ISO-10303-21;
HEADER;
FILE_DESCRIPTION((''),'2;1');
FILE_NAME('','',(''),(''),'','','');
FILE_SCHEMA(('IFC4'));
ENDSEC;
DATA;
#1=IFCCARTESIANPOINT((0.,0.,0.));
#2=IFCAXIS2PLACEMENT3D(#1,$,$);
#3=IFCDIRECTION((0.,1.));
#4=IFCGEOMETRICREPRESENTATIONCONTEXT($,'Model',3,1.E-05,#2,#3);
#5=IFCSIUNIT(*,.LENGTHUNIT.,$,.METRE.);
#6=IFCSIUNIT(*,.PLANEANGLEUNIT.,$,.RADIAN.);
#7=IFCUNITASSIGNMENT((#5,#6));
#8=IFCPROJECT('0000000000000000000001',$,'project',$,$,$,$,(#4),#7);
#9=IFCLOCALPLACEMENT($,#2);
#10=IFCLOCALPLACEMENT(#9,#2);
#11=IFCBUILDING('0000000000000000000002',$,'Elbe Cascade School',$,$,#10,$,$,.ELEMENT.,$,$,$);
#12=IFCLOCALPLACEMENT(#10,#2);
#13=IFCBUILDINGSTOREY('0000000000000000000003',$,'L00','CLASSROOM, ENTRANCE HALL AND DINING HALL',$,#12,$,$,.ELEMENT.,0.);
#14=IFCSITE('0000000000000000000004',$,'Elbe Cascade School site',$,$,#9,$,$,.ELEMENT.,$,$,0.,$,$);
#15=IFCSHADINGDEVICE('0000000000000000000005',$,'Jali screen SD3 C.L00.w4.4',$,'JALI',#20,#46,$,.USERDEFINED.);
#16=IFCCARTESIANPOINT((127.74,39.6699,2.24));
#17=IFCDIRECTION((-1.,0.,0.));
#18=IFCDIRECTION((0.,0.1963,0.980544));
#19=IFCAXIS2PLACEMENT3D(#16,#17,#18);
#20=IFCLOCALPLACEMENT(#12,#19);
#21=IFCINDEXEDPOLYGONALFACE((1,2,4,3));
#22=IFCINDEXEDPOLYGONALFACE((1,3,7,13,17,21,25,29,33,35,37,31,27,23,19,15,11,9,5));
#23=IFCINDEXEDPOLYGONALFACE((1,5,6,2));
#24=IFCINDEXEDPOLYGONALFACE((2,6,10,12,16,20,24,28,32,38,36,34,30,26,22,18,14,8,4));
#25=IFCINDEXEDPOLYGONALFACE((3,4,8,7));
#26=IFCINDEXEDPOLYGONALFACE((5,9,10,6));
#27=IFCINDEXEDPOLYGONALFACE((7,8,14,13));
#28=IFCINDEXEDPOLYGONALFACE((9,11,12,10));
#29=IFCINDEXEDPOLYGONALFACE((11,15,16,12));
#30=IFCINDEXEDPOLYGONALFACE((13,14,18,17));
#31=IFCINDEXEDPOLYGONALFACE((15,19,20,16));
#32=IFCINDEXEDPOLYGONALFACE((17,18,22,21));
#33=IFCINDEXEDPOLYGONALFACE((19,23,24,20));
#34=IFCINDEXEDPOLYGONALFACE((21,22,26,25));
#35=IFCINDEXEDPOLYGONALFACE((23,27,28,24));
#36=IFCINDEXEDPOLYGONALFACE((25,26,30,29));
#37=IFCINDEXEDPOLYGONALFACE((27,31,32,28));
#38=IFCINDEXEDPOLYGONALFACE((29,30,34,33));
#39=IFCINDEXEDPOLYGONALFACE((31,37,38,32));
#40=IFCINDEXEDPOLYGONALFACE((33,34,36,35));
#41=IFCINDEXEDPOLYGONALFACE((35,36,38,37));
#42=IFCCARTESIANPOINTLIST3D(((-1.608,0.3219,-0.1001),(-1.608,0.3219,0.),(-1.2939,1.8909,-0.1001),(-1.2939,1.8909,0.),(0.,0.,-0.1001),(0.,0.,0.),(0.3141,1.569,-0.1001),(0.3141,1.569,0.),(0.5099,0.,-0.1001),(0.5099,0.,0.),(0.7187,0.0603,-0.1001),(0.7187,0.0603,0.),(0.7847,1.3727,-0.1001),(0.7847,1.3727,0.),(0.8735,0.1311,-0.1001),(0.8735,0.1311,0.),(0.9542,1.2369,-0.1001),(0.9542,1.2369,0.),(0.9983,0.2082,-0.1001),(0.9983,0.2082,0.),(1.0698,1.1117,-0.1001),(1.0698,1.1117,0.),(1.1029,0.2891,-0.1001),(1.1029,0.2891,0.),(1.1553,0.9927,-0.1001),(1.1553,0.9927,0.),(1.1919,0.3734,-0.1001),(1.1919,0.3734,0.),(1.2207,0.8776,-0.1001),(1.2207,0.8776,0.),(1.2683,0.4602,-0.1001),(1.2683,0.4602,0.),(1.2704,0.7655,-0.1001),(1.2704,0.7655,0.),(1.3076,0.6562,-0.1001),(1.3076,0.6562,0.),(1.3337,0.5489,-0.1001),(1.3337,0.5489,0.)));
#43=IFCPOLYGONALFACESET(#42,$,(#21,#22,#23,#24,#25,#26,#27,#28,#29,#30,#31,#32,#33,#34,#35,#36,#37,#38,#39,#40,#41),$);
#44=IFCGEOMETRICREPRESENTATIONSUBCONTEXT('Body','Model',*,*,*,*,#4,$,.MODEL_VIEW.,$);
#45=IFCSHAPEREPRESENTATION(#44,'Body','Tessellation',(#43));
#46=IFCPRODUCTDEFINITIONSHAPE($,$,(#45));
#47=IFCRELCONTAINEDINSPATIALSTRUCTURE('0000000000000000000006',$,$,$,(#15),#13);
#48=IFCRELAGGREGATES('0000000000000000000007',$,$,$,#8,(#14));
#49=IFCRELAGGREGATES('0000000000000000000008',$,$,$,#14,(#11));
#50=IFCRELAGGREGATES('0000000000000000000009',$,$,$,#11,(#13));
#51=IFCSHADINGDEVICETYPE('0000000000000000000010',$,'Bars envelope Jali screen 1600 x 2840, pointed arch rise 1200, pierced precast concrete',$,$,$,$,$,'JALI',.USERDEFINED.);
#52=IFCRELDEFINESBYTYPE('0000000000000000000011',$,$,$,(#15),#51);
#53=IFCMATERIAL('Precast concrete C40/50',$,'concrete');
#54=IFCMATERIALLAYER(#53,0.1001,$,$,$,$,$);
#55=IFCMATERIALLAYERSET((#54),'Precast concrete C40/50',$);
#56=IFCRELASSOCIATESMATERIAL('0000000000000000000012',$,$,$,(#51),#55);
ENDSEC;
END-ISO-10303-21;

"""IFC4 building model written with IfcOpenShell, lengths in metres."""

from ifc_helpers import new_model, si_unit, direction, frame, origin, place, context, subcontext, project, spatial, polyline, outline, extrude, material, layer, layer_set, type_object, element, save


model = new_model("IFC4")

# Units and contexts
model_context = context("Model", 3, precision=1e-05, world=origin(), true_north=direction((0.0, 1.0)))
body_context = subcontext(model_context, "Body", "Model", "MODEL_VIEW")
ifc_project = project(units=[si_unit("LENGTHUNIT", "METRE"), si_unit("PLANEANGLEUNIT", "RADIAN")], contexts=[model_context])

# Site, building, storey
site_placement = place(None, origin())
site = spatial("IfcSite", under=ifc_project, at=site_placement, Name="Elbe Cascade School site", CompositionType="ELEMENT", RefElevation=0.0)
building_placement = place(site_placement, origin())
building = spatial("IfcBuilding", under=site, at=building_placement, Name="Elbe Cascade School", CompositionType="ELEMENT")
storey_placement = place(building_placement, origin())
storey = spatial("IfcBuildingStorey", under=building, at=storey_placement, Name="L00", Description="CLASSROOM, ENTRANCE HALL AND DINING HALL", CompositionType="ELEMENT", Elevation=0.0)

# Shading device
ifc_material_1 = material(Name="Precast concrete C40/50", Category="concrete")
ifc_layer_1 = layer(ifc_material_1, 0.1001)
ifc_layer_set_1 = layer_set([ifc_layer_1], Name="Precast concrete C40/50")
shading_device_type = type_object("IfcShadingDeviceType", Name="Bars envelope Jali screen 1600 x 2840, pointed arch rise 1200, pierced precast concrete", ElementType="JALI", PredefinedType="USERDEFINED", material=ifc_layer_set_1)
shading_device_placement = place(storey_placement, frame((127.74, 39.6699, 2.24), z_axis=(-1.0, 0.0, 0.0), x_axis=(0.0, 0.1963, 0.980544)))
element("IfcShadingDevice", 1, at=shading_device_placement, inside=storey, type_object=shading_device_type, Name="Jali screen SD3 C.L00.w4.4", ObjectType="JALI", PredefinedType="USERDEFINED", context=body_context, shape_type="SweptSolid", body=[
    extrude(outline(polyline([(0.0, 0.0), (0.5099, 0.0), (0.7187, 0.0603), (0.8735, 0.1311), (0.9983, 0.2082), (1.1029, 0.2891), (1.1919, 0.3734), (1.2683, 0.4602), (1.3337, 0.5489), (1.3076, 0.6562), (1.2704, 0.7655), (1.2207, 0.8776), (1.1553, 0.9927), (1.0698, 1.1117), (0.9542, 1.2369), (0.7847, 1.3727), (0.3141, 1.569), (-1.2939, 1.8909), (-1.608, 0.3219), (0.0, 0.0)])), origin(), (0.0, 0.0, -1.0), 0.1001),
])

save(model, "model.ifc")
